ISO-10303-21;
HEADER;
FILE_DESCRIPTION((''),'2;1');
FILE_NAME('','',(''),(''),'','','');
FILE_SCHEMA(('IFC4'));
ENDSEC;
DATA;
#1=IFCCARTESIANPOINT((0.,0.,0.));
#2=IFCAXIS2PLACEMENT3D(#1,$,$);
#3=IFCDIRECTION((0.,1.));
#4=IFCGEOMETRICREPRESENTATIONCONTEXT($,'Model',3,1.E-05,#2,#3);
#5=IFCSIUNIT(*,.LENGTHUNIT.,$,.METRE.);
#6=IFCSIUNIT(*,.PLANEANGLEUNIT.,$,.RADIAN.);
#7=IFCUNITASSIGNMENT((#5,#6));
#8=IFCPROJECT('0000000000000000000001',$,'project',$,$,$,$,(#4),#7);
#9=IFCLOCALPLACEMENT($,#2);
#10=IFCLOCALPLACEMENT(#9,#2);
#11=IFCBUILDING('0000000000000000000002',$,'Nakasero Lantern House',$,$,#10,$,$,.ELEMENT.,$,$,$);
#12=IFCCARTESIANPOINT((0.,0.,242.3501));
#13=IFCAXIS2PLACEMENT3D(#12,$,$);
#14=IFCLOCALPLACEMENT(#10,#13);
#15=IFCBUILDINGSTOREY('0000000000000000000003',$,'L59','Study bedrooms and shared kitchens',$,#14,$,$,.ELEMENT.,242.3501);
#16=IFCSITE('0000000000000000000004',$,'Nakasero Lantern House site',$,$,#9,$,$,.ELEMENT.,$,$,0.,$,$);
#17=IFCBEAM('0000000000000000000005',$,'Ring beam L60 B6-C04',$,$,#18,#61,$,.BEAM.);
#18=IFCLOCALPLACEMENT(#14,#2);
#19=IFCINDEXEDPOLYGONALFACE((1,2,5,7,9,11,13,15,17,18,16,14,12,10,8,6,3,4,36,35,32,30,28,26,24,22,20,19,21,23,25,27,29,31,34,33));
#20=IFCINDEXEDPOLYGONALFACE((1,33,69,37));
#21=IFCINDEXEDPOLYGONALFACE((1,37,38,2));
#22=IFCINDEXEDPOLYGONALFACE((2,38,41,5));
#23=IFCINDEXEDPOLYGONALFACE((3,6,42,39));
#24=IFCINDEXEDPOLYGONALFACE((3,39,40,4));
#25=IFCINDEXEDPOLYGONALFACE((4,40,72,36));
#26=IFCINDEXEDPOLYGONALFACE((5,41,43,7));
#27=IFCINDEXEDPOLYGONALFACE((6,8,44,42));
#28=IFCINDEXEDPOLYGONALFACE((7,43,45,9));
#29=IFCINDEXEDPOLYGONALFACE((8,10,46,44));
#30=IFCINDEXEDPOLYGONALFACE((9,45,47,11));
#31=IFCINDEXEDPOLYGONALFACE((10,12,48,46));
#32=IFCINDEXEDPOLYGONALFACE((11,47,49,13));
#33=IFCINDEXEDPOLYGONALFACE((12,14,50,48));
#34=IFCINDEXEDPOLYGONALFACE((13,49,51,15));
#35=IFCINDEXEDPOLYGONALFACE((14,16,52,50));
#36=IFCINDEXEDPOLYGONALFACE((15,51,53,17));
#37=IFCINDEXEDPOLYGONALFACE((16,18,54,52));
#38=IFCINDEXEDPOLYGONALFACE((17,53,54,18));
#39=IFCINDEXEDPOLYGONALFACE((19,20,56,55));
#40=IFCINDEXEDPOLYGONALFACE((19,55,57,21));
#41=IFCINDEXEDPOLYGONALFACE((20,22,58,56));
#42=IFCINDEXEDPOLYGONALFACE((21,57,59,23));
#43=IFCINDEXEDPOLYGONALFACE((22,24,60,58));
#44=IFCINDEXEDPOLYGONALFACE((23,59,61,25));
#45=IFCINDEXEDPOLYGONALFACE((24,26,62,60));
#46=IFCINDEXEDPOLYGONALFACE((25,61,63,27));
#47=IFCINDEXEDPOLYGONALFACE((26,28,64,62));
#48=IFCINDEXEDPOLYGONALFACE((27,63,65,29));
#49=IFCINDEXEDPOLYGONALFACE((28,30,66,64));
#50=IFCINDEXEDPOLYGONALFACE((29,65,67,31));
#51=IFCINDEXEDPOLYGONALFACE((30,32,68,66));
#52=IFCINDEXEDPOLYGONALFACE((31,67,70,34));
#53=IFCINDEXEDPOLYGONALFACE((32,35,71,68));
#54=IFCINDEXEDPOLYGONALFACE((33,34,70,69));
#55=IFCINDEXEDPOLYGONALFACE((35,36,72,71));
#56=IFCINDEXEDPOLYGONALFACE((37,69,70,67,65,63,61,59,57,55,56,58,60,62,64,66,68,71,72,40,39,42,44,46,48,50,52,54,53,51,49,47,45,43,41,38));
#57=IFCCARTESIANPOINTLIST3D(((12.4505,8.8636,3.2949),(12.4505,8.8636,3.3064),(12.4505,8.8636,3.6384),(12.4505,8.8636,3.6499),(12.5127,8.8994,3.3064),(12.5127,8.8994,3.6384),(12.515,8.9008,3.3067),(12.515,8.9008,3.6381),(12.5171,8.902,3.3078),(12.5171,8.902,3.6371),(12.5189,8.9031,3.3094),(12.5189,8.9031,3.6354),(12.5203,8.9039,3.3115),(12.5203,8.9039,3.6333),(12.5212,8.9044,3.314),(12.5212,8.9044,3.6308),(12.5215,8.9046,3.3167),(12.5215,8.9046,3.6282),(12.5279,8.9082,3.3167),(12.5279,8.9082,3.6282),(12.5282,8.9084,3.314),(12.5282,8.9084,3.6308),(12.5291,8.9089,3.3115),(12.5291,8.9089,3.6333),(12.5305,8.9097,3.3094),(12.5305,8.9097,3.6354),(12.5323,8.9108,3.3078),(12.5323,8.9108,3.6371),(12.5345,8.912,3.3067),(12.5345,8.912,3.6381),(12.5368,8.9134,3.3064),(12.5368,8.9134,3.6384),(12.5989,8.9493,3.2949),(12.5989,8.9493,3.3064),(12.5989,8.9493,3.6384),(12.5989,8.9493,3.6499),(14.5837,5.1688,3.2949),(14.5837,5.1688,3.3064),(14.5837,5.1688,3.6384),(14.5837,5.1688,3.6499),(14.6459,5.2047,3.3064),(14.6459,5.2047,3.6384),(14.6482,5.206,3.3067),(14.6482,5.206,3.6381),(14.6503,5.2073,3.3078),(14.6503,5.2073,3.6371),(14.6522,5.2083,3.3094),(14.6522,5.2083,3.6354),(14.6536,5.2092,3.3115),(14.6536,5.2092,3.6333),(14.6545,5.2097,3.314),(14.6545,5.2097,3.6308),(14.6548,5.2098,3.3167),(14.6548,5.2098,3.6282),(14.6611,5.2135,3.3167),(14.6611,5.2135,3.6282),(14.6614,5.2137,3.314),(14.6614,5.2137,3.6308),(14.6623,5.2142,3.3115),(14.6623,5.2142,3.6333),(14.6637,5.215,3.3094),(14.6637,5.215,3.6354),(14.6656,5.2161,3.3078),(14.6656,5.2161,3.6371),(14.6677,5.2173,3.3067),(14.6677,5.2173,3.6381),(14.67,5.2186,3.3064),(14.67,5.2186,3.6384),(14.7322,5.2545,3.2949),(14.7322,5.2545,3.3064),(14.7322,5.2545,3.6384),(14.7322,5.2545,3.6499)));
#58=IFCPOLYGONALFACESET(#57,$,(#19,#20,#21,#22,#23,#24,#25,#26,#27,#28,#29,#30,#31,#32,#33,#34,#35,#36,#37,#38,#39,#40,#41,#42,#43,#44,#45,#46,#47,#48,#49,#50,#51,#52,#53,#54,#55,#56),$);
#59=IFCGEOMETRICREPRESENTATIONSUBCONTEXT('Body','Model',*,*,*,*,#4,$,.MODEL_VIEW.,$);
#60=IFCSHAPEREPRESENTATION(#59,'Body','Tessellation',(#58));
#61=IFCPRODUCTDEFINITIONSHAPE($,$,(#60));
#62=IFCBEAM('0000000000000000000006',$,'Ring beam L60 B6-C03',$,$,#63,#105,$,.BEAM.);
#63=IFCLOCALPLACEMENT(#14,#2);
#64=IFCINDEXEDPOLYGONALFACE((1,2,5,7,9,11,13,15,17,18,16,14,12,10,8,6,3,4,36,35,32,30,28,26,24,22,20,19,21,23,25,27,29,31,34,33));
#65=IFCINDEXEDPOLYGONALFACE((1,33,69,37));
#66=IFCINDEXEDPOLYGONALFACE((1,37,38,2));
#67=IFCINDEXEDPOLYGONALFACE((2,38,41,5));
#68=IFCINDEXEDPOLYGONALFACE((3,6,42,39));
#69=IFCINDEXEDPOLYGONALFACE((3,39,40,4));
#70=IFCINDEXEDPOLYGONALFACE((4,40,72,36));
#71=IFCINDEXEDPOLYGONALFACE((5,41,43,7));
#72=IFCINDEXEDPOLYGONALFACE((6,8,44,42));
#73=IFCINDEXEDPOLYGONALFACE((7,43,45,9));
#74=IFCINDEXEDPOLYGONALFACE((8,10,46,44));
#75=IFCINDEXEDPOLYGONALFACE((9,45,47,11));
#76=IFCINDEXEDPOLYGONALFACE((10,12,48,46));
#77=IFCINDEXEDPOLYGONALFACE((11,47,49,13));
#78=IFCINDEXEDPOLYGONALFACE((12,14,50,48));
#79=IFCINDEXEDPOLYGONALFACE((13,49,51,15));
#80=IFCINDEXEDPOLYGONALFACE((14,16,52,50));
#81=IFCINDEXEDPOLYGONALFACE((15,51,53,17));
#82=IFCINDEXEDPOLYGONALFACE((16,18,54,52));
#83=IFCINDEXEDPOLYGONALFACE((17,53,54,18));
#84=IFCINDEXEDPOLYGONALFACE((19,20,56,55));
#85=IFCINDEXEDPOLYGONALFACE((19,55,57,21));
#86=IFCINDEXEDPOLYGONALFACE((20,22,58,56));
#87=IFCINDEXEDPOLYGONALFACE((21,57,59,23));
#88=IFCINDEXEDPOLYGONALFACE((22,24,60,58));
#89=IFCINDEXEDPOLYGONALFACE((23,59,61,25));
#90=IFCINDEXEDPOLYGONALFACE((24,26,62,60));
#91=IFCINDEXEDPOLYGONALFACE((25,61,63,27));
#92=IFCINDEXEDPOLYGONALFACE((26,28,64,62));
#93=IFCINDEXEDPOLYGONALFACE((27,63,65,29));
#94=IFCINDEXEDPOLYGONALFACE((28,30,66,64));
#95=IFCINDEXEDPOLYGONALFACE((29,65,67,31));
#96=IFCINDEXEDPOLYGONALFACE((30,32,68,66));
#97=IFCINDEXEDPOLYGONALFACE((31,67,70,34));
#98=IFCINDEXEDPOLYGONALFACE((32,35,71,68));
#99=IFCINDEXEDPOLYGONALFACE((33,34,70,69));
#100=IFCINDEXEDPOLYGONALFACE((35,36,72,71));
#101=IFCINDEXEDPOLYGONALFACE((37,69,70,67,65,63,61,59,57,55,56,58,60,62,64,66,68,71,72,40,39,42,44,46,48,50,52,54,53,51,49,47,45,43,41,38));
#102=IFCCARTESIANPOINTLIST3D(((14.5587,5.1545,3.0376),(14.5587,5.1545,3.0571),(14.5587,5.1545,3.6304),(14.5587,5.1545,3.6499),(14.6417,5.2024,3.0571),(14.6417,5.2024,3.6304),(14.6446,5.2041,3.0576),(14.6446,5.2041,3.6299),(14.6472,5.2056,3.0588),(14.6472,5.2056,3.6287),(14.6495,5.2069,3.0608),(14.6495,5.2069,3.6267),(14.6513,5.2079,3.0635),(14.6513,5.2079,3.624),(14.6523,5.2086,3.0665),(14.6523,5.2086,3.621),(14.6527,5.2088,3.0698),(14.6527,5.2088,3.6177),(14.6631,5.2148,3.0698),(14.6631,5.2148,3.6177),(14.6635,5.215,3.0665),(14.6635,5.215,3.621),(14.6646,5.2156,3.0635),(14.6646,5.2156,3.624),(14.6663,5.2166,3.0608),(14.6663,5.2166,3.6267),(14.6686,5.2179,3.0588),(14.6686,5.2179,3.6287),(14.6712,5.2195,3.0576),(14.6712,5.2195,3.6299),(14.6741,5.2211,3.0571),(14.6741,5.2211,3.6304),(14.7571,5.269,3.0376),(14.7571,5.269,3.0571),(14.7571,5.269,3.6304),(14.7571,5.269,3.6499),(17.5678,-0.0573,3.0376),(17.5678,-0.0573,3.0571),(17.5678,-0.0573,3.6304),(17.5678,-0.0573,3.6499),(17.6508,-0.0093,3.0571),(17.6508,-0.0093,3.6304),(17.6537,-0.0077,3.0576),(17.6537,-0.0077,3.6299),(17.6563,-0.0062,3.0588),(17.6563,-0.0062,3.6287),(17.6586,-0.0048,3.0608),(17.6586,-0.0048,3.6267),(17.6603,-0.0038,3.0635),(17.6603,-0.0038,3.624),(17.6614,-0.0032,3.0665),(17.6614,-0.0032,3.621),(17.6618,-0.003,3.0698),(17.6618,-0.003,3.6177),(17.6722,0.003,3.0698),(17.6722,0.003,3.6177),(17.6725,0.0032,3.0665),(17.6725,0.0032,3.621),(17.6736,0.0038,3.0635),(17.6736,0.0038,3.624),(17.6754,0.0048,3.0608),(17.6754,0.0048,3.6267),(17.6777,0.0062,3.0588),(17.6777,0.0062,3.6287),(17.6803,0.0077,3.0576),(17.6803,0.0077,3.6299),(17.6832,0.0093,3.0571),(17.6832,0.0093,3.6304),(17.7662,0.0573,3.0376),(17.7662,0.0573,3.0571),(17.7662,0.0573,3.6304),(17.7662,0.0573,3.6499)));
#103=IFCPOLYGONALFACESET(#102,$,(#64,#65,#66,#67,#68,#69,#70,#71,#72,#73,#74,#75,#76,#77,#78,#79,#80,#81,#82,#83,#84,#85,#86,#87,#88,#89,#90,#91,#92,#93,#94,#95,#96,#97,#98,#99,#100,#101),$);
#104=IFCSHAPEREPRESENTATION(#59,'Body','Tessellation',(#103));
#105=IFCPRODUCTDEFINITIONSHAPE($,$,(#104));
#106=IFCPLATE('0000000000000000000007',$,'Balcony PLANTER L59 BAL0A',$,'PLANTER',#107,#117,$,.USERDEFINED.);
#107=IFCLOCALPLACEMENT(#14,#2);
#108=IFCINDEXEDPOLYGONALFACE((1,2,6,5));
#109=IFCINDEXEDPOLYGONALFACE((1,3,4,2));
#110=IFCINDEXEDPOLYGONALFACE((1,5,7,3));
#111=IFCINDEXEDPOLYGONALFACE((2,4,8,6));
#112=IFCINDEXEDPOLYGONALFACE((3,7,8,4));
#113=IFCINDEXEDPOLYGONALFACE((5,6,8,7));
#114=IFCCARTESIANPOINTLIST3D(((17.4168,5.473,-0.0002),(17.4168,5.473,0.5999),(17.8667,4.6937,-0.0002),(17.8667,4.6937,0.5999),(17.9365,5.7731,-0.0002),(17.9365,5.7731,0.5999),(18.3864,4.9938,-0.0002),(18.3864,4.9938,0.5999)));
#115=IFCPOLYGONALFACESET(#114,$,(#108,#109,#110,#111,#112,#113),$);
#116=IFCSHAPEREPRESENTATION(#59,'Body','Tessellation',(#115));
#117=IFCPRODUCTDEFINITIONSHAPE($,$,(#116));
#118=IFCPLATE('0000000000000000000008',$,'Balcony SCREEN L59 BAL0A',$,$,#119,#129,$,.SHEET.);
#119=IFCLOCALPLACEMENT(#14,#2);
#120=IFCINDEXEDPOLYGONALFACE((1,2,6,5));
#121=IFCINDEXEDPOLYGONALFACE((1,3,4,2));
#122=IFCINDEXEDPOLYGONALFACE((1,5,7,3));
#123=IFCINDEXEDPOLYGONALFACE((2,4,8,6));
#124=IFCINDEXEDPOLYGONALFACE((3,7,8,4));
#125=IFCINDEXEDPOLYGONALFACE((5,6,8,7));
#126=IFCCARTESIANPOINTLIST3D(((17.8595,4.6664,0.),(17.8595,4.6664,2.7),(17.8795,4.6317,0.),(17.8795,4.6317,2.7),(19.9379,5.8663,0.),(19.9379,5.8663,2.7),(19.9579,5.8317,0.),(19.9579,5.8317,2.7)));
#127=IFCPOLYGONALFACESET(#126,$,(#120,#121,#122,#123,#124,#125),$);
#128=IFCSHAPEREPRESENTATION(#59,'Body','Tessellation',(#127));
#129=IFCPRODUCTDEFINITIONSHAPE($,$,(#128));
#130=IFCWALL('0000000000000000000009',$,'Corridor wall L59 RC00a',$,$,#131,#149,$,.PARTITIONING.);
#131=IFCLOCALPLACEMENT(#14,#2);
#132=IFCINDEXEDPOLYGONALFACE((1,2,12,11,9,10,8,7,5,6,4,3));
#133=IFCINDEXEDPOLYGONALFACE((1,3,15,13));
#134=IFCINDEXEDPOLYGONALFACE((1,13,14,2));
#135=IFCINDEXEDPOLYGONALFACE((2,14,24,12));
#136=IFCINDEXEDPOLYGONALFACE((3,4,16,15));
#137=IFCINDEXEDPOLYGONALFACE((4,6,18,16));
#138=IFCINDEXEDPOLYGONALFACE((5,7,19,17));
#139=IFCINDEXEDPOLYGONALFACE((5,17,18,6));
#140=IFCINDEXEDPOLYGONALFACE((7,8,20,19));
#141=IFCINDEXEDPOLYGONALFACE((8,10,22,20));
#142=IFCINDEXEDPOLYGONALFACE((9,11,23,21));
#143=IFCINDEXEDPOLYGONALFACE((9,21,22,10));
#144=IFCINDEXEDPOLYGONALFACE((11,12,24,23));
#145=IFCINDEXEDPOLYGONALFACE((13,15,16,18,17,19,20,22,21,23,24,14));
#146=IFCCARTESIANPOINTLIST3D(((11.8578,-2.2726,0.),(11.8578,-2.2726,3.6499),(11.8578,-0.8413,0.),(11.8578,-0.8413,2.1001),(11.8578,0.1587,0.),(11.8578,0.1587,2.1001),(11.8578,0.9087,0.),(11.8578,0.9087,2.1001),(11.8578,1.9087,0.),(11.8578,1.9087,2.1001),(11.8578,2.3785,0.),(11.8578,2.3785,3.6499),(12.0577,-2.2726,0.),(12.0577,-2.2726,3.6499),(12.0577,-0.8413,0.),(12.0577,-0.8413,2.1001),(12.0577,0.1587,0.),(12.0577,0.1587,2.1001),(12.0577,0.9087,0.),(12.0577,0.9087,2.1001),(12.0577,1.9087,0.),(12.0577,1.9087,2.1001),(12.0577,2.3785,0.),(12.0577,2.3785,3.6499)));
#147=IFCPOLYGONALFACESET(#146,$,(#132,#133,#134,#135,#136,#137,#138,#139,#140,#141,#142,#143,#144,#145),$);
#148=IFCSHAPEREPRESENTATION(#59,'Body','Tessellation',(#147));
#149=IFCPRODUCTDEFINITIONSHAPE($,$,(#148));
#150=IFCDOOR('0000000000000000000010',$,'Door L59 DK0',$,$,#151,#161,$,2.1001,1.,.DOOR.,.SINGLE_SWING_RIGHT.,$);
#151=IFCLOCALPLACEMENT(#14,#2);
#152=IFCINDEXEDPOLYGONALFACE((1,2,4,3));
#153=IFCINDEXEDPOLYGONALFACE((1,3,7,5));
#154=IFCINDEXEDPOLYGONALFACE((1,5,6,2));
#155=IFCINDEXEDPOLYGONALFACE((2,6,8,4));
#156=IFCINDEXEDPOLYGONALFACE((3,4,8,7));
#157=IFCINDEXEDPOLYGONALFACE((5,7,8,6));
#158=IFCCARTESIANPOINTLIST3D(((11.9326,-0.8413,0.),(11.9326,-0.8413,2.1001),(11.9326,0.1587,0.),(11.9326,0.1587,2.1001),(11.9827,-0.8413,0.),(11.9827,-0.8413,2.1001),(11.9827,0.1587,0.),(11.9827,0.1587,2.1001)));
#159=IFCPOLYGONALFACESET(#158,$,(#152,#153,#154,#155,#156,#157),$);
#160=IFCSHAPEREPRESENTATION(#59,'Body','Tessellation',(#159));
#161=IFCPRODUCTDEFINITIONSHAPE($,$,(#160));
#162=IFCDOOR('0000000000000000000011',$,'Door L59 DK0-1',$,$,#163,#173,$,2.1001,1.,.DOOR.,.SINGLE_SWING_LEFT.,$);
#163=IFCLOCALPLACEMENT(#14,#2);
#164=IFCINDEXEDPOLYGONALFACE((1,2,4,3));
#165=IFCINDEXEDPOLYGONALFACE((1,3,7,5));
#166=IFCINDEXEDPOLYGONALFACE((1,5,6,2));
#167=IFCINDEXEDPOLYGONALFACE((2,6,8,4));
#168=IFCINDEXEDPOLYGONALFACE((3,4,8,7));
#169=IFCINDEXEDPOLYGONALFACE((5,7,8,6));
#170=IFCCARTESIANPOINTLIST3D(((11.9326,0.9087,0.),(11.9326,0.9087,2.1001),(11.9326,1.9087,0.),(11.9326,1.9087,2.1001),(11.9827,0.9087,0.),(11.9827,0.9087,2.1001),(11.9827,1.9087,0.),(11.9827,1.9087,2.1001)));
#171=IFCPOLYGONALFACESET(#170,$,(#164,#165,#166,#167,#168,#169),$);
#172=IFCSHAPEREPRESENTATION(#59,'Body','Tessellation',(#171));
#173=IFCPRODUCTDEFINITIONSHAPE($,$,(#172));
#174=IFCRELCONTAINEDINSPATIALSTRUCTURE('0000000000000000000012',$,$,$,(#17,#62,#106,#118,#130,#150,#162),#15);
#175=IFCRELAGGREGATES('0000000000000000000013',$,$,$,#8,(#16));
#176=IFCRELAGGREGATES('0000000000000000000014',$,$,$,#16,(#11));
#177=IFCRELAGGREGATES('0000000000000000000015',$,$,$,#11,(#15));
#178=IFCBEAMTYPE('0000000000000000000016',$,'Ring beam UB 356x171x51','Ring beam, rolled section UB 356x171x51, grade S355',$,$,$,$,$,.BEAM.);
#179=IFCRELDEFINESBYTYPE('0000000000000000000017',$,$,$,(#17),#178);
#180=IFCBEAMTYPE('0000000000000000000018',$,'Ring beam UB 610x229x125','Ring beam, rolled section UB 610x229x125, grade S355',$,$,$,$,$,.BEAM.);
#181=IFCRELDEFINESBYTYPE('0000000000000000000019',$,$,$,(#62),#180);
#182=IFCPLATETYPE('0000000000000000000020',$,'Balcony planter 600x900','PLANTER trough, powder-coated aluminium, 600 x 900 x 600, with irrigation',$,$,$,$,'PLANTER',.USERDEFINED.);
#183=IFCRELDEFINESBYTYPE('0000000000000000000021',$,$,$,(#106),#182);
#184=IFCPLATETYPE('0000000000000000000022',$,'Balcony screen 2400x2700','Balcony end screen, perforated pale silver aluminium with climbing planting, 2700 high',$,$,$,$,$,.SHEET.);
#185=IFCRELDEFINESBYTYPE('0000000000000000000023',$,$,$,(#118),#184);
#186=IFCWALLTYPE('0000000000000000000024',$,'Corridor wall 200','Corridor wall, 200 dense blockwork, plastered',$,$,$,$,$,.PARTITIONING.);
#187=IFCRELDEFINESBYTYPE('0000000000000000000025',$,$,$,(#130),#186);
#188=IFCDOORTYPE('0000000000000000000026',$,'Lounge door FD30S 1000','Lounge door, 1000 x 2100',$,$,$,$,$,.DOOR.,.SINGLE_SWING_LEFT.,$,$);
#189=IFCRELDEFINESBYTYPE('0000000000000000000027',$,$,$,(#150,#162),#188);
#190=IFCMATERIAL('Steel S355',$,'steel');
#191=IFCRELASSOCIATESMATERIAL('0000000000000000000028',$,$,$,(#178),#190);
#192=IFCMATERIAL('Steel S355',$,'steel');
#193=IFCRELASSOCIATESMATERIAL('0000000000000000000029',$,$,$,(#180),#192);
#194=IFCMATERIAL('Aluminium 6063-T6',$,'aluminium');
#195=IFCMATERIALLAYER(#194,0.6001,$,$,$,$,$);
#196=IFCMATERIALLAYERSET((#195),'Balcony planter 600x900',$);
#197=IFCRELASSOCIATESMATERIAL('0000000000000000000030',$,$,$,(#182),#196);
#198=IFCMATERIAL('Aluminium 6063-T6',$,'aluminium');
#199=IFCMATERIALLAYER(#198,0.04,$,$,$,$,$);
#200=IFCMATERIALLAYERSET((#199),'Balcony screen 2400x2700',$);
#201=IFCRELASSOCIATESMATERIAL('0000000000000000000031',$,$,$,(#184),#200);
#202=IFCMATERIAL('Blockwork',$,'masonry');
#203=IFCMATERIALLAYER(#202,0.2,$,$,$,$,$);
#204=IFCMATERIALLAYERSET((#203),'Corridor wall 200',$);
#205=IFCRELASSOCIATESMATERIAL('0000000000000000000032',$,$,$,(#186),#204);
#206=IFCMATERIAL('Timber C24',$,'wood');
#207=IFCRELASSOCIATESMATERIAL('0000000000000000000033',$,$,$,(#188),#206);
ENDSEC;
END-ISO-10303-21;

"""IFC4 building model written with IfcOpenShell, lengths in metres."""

from ifc_helpers import new_model, si_unit, direction, frame, frame_2d, origin, origin_2d, place, context, subcontext, project, spatial, rectangle, i_section, extrude, material, layer, layer_set, material_profile, profile_set, type_object, element, fill, save


model = new_model("IFC4")

# Units and contexts
model_context = context("Model", 3, precision=1e-05, world=origin(), true_north=direction((0.0, 1.0)))
body_context = subcontext(model_context, "Body", "Model", "MODEL_VIEW")
ifc_project = project(units=[si_unit("LENGTHUNIT", "METRE"), si_unit("PLANEANGLEUNIT", "RADIAN")], contexts=[model_context])

# Site, building, storey
site_placement = place(None, origin())
site = spatial("IfcSite", under=ifc_project, at=site_placement, Name="Nakasero Lantern House site", CompositionType="ELEMENT", RefElevation=0.0)
building_placement = place(site_placement, origin())
building = spatial("IfcBuilding", under=site, at=building_placement, Name="Nakasero Lantern House", CompositionType="ELEMENT")
storey_placement = place(building_placement, frame((0.0, 0.0, 242.3501)))
storey = spatial("IfcBuildingStorey", under=building, at=storey_placement, Name="L59", Description="Study bedrooms and shared kitchens", CompositionType="ELEMENT", Elevation=242.3501)

# Beams
ifc_material_1 = material(Name="Steel S355", Category="steel")
ifc_material_profile_1 = material_profile(ifc_material_1, i_section(OverallWidth=0.1714, OverallDepth=0.355, WebThickness=0.0073, FlangeThickness=0.0115, FilletRadius=0.0103, at=origin_2d()), Name="UB 356x171x51")
ifc_profile_set_1 = profile_set([ifc_material_profile_1], Name="Steel S355")
beam_type_1 = type_object("IfcBeamType", Name="Ring beam UB 356x171x51", Description="Ring beam, rolled section UB 356x171x51, grade S355", PredefinedType="BEAM", material=ifc_profile_set_1)
beam_1_placement = place(storey_placement, frame((14.658, 5.2117, 3.4724), z_axis=(-0.500016, 0.866016, 0.0), x_axis=(-0.866016, -0.500016, 0.0)))
element("IfcBeam", 1, at=beam_1_placement, inside=storey, type_object=beam_type_1, Name="Ring beam L60 B6-C04", PredefinedType="BEAM", context=body_context, shape_type="SweptSolid", body=[
    extrude(i_section(OverallWidth=0.1714, OverallDepth=0.355, WebThickness=0.0073, FlangeThickness=0.0115, FilletRadius=0.0103, at=origin_2d()), origin(), (0.0, 0.0, 1.0), 4.2664),
])
ifc_material_2 = material(Name="Steel S355", Category="steel")
ifc_material_profile_2 = material_profile(ifc_material_2, i_section(OverallWidth=0.229, OverallDepth=0.6123, WebThickness=0.012, FlangeThickness=0.0195, FilletRadius=0.0127, at=origin_2d()), Name="UB 610x229x125")
ifc_profile_set_2 = profile_set([ifc_material_profile_2], Name="Steel S355")
beam_type_2 = type_object("IfcBeamType", Name="Ring beam UB 610x229x125", Description="Ring beam, rolled section UB 610x229x125, grade S355", PredefinedType="BEAM", material=ifc_profile_set_2)
beam_2_placement = place(storey_placement, frame((17.667, 0.0, 3.3438), z_axis=(-0.500009, 0.86602, 0.0), x_axis=(-0.86602, -0.500009, 0.0)))
element("IfcBeam", 2, at=beam_2_placement, inside=storey, type_object=beam_type_2, Name="Ring beam L60 B6-C03", PredefinedType="BEAM", context=body_context, shape_type="SweptSolid", body=[
    extrude(i_section(OverallWidth=0.229, OverallDepth=0.6123, WebThickness=0.012, FlangeThickness=0.0195, FilletRadius=0.0127, at=origin_2d()), origin(), (0.0, 0.0, 1.0), 6.0181),
])

# Plates
ifc_material_3 = material(Name="Aluminium 6063-T6", Category="aluminium")
ifc_layer_1 = layer(ifc_material_3, 0.6001)
ifc_layer_set_1 = layer_set([ifc_layer_1], Name="Balcony planter 600x900")
plate_type_1 = type_object("IfcPlateType", Name="Balcony planter 600x900", Description="PLANTER trough, powder-coated aluminium, 600 x 900 x 600, with irrigation", ElementType="PLANTER", PredefinedType="USERDEFINED", material=ifc_layer_set_1)
plate_1_placement = place(storey_placement, frame((17.9016, 5.2334, -0.0002), z_axis=(0.0, 0.0, 1.0), x_axis=(0.866025, 0.5, 0.0)))
element("IfcPlate", 3, at=plate_1_placement, inside=storey, type_object=plate_type_1, Name="Balcony PLANTER L59 BAL0A", ObjectType="PLANTER", PredefinedType="USERDEFINED", context=body_context, shape_type="SweptSolid", body=[
    extrude(rectangle(XDim=0.6001, YDim=0.8999, at=origin_2d()), origin(), (0.0, 0.0, 1.0), 0.6001),
])
ifc_material_4 = material(Name="Aluminium 6063-T6", Category="aluminium")
ifc_layer_2 = layer(ifc_material_4, 0.04)
ifc_layer_set_2 = layer_set([ifc_layer_2], Name="Balcony screen 2400x2700")
plate_type_2 = type_object("IfcPlateType", Name="Balcony screen 2400x2700", Description="Balcony end screen, perforated pale silver aluminium with climbing planting, 2700 high", PredefinedType="SHEET", material=ifc_layer_set_2)
plate_2_placement = place(storey_placement, frame((18.9087, 5.249, 0.0), z_axis=(0.0, 0.0, 1.0), x_axis=(0.866025, 0.5, 0.0)))
element("IfcPlate", 4, at=plate_2_placement, inside=storey, type_object=plate_type_2, Name="Balcony SCREEN L59 BAL0A", PredefinedType="SHEET", context=body_context, shape_type="SweptSolid", body=[
    extrude(rectangle(XDim=2.3999, YDim=0.04, at=origin_2d()), origin(), (0.0, 0.0, 1.0), 2.7),
])

# Wall, openings, doors
ifc_material_5 = material(Name="Blockwork", Category="masonry")
ifc_layer_3 = layer(ifc_material_5, 0.2)
ifc_layer_set_3 = layer_set([ifc_layer_3], Name="Corridor wall 200")
wall_type_1 = type_object("IfcWallType", Name="Corridor wall 200", Description="Corridor wall, 200 dense blockwork, plastered", PredefinedType="PARTITIONING", material=ifc_layer_set_3)
wall_1_placement = place(storey_placement, frame((11.9578, 2.3787, 0.0), z_axis=(0.0, 0.0, 1.0), x_axis=(0.0, -1.0, 0.0)))
wall_1 = element("IfcWall", 5, at=wall_1_placement, inside=storey, type_object=wall_type_1, Name="Corridor wall L59 RC00a", PredefinedType="PARTITIONING", context=body_context, shape_type="SweptSolid", body=[
    extrude(rectangle(XDim=4.6511, YDim=0.2, at=frame_2d((2.3257, 0.0))), origin(), (0.0, 0.0, 1.0), 3.6499),
])
opening_1_placement = place(wall_1_placement, frame((2.22, 0.0, 0.0)))
opening_1 = element("IfcOpeningElement", 6, at=opening_1_placement, cuts=wall_1, PredefinedType="OPENING", context=body_context, shape_type="SweptSolid", body=[
    extrude(rectangle(XDim=1.0, YDim=2.1001, at=frame_2d((0.5, 1.05))), frame((0.0, 0.1199, 0.0), z_axis=(0.0, -1.0, 0.0), x_axis=(1.0, 0.0, 0.0)), (0.0, 0.0, 1.0), 0.24),
])
opening_2_placement = place(wall_1_placement, frame((0.47, 0.0, 0.0)))
opening_2 = element("IfcOpeningElement", 7, at=opening_2_placement, cuts=wall_1, PredefinedType="OPENING", context=body_context, shape_type="SweptSolid", body=[
    extrude(rectangle(XDim=1.0, YDim=2.1001, at=frame_2d((0.5, 1.05))), frame((0.0, 0.1199, 0.0), z_axis=(0.0, -1.0, 0.0), x_axis=(1.0, 0.0, 0.0)), (0.0, 0.0, 1.0), 0.24),
])
ifc_material_6 = material(Name="Timber C24", Category="wood")
door_type_1 = type_object("IfcDoorType", Name="Lounge door FD30S 1000", Description="Lounge door, 1000 x 2100", OperationType="SINGLE_SWING_LEFT", PredefinedType="DOOR", material=ifc_material_6)
door_1_placement = place(opening_1_placement, origin())
door_1 = element("IfcDoor", 8, at=door_1_placement, inside=storey, type_object=door_type_1, Name="Door L59 DK0", OperationType="SINGLE_SWING_RIGHT", OverallHeight=2.1001, OverallWidth=1.0, PredefinedType="DOOR", context=body_context, shape_type="SweptSolid", body=[
    extrude(rectangle(XDim=1.0, YDim=2.1001, at=frame_2d((0.5, 1.05))), frame((0.0, 0.0249, 0.0), z_axis=(0.0, -1.0, 0.0), x_axis=(1.0, 0.0, 0.0)), (0.0, 0.0, 1.0), 0.05),
])
fill(opening_1, door_1)
door_2_placement = place(opening_2_placement, origin())
door_2 = element("IfcDoor", 9, at=door_2_placement, inside=storey, type_object=door_type_1, Name="Door L59 DK0-1", OperationType="SINGLE_SWING_LEFT", OverallHeight=2.1001, OverallWidth=1.0, PredefinedType="DOOR", context=body_context, shape_type="SweptSolid", body=[
    extrude(rectangle(XDim=1.0, YDim=2.1001, at=frame_2d((0.5, 1.05))), frame((0.0, 0.0249, 0.0), z_axis=(0.0, -1.0, 0.0), x_axis=(1.0, 0.0, 0.0)), (0.0, 0.0, 1.0), 0.05),
])
fill(opening_2, door_2)

save(model, "model.ifc")
